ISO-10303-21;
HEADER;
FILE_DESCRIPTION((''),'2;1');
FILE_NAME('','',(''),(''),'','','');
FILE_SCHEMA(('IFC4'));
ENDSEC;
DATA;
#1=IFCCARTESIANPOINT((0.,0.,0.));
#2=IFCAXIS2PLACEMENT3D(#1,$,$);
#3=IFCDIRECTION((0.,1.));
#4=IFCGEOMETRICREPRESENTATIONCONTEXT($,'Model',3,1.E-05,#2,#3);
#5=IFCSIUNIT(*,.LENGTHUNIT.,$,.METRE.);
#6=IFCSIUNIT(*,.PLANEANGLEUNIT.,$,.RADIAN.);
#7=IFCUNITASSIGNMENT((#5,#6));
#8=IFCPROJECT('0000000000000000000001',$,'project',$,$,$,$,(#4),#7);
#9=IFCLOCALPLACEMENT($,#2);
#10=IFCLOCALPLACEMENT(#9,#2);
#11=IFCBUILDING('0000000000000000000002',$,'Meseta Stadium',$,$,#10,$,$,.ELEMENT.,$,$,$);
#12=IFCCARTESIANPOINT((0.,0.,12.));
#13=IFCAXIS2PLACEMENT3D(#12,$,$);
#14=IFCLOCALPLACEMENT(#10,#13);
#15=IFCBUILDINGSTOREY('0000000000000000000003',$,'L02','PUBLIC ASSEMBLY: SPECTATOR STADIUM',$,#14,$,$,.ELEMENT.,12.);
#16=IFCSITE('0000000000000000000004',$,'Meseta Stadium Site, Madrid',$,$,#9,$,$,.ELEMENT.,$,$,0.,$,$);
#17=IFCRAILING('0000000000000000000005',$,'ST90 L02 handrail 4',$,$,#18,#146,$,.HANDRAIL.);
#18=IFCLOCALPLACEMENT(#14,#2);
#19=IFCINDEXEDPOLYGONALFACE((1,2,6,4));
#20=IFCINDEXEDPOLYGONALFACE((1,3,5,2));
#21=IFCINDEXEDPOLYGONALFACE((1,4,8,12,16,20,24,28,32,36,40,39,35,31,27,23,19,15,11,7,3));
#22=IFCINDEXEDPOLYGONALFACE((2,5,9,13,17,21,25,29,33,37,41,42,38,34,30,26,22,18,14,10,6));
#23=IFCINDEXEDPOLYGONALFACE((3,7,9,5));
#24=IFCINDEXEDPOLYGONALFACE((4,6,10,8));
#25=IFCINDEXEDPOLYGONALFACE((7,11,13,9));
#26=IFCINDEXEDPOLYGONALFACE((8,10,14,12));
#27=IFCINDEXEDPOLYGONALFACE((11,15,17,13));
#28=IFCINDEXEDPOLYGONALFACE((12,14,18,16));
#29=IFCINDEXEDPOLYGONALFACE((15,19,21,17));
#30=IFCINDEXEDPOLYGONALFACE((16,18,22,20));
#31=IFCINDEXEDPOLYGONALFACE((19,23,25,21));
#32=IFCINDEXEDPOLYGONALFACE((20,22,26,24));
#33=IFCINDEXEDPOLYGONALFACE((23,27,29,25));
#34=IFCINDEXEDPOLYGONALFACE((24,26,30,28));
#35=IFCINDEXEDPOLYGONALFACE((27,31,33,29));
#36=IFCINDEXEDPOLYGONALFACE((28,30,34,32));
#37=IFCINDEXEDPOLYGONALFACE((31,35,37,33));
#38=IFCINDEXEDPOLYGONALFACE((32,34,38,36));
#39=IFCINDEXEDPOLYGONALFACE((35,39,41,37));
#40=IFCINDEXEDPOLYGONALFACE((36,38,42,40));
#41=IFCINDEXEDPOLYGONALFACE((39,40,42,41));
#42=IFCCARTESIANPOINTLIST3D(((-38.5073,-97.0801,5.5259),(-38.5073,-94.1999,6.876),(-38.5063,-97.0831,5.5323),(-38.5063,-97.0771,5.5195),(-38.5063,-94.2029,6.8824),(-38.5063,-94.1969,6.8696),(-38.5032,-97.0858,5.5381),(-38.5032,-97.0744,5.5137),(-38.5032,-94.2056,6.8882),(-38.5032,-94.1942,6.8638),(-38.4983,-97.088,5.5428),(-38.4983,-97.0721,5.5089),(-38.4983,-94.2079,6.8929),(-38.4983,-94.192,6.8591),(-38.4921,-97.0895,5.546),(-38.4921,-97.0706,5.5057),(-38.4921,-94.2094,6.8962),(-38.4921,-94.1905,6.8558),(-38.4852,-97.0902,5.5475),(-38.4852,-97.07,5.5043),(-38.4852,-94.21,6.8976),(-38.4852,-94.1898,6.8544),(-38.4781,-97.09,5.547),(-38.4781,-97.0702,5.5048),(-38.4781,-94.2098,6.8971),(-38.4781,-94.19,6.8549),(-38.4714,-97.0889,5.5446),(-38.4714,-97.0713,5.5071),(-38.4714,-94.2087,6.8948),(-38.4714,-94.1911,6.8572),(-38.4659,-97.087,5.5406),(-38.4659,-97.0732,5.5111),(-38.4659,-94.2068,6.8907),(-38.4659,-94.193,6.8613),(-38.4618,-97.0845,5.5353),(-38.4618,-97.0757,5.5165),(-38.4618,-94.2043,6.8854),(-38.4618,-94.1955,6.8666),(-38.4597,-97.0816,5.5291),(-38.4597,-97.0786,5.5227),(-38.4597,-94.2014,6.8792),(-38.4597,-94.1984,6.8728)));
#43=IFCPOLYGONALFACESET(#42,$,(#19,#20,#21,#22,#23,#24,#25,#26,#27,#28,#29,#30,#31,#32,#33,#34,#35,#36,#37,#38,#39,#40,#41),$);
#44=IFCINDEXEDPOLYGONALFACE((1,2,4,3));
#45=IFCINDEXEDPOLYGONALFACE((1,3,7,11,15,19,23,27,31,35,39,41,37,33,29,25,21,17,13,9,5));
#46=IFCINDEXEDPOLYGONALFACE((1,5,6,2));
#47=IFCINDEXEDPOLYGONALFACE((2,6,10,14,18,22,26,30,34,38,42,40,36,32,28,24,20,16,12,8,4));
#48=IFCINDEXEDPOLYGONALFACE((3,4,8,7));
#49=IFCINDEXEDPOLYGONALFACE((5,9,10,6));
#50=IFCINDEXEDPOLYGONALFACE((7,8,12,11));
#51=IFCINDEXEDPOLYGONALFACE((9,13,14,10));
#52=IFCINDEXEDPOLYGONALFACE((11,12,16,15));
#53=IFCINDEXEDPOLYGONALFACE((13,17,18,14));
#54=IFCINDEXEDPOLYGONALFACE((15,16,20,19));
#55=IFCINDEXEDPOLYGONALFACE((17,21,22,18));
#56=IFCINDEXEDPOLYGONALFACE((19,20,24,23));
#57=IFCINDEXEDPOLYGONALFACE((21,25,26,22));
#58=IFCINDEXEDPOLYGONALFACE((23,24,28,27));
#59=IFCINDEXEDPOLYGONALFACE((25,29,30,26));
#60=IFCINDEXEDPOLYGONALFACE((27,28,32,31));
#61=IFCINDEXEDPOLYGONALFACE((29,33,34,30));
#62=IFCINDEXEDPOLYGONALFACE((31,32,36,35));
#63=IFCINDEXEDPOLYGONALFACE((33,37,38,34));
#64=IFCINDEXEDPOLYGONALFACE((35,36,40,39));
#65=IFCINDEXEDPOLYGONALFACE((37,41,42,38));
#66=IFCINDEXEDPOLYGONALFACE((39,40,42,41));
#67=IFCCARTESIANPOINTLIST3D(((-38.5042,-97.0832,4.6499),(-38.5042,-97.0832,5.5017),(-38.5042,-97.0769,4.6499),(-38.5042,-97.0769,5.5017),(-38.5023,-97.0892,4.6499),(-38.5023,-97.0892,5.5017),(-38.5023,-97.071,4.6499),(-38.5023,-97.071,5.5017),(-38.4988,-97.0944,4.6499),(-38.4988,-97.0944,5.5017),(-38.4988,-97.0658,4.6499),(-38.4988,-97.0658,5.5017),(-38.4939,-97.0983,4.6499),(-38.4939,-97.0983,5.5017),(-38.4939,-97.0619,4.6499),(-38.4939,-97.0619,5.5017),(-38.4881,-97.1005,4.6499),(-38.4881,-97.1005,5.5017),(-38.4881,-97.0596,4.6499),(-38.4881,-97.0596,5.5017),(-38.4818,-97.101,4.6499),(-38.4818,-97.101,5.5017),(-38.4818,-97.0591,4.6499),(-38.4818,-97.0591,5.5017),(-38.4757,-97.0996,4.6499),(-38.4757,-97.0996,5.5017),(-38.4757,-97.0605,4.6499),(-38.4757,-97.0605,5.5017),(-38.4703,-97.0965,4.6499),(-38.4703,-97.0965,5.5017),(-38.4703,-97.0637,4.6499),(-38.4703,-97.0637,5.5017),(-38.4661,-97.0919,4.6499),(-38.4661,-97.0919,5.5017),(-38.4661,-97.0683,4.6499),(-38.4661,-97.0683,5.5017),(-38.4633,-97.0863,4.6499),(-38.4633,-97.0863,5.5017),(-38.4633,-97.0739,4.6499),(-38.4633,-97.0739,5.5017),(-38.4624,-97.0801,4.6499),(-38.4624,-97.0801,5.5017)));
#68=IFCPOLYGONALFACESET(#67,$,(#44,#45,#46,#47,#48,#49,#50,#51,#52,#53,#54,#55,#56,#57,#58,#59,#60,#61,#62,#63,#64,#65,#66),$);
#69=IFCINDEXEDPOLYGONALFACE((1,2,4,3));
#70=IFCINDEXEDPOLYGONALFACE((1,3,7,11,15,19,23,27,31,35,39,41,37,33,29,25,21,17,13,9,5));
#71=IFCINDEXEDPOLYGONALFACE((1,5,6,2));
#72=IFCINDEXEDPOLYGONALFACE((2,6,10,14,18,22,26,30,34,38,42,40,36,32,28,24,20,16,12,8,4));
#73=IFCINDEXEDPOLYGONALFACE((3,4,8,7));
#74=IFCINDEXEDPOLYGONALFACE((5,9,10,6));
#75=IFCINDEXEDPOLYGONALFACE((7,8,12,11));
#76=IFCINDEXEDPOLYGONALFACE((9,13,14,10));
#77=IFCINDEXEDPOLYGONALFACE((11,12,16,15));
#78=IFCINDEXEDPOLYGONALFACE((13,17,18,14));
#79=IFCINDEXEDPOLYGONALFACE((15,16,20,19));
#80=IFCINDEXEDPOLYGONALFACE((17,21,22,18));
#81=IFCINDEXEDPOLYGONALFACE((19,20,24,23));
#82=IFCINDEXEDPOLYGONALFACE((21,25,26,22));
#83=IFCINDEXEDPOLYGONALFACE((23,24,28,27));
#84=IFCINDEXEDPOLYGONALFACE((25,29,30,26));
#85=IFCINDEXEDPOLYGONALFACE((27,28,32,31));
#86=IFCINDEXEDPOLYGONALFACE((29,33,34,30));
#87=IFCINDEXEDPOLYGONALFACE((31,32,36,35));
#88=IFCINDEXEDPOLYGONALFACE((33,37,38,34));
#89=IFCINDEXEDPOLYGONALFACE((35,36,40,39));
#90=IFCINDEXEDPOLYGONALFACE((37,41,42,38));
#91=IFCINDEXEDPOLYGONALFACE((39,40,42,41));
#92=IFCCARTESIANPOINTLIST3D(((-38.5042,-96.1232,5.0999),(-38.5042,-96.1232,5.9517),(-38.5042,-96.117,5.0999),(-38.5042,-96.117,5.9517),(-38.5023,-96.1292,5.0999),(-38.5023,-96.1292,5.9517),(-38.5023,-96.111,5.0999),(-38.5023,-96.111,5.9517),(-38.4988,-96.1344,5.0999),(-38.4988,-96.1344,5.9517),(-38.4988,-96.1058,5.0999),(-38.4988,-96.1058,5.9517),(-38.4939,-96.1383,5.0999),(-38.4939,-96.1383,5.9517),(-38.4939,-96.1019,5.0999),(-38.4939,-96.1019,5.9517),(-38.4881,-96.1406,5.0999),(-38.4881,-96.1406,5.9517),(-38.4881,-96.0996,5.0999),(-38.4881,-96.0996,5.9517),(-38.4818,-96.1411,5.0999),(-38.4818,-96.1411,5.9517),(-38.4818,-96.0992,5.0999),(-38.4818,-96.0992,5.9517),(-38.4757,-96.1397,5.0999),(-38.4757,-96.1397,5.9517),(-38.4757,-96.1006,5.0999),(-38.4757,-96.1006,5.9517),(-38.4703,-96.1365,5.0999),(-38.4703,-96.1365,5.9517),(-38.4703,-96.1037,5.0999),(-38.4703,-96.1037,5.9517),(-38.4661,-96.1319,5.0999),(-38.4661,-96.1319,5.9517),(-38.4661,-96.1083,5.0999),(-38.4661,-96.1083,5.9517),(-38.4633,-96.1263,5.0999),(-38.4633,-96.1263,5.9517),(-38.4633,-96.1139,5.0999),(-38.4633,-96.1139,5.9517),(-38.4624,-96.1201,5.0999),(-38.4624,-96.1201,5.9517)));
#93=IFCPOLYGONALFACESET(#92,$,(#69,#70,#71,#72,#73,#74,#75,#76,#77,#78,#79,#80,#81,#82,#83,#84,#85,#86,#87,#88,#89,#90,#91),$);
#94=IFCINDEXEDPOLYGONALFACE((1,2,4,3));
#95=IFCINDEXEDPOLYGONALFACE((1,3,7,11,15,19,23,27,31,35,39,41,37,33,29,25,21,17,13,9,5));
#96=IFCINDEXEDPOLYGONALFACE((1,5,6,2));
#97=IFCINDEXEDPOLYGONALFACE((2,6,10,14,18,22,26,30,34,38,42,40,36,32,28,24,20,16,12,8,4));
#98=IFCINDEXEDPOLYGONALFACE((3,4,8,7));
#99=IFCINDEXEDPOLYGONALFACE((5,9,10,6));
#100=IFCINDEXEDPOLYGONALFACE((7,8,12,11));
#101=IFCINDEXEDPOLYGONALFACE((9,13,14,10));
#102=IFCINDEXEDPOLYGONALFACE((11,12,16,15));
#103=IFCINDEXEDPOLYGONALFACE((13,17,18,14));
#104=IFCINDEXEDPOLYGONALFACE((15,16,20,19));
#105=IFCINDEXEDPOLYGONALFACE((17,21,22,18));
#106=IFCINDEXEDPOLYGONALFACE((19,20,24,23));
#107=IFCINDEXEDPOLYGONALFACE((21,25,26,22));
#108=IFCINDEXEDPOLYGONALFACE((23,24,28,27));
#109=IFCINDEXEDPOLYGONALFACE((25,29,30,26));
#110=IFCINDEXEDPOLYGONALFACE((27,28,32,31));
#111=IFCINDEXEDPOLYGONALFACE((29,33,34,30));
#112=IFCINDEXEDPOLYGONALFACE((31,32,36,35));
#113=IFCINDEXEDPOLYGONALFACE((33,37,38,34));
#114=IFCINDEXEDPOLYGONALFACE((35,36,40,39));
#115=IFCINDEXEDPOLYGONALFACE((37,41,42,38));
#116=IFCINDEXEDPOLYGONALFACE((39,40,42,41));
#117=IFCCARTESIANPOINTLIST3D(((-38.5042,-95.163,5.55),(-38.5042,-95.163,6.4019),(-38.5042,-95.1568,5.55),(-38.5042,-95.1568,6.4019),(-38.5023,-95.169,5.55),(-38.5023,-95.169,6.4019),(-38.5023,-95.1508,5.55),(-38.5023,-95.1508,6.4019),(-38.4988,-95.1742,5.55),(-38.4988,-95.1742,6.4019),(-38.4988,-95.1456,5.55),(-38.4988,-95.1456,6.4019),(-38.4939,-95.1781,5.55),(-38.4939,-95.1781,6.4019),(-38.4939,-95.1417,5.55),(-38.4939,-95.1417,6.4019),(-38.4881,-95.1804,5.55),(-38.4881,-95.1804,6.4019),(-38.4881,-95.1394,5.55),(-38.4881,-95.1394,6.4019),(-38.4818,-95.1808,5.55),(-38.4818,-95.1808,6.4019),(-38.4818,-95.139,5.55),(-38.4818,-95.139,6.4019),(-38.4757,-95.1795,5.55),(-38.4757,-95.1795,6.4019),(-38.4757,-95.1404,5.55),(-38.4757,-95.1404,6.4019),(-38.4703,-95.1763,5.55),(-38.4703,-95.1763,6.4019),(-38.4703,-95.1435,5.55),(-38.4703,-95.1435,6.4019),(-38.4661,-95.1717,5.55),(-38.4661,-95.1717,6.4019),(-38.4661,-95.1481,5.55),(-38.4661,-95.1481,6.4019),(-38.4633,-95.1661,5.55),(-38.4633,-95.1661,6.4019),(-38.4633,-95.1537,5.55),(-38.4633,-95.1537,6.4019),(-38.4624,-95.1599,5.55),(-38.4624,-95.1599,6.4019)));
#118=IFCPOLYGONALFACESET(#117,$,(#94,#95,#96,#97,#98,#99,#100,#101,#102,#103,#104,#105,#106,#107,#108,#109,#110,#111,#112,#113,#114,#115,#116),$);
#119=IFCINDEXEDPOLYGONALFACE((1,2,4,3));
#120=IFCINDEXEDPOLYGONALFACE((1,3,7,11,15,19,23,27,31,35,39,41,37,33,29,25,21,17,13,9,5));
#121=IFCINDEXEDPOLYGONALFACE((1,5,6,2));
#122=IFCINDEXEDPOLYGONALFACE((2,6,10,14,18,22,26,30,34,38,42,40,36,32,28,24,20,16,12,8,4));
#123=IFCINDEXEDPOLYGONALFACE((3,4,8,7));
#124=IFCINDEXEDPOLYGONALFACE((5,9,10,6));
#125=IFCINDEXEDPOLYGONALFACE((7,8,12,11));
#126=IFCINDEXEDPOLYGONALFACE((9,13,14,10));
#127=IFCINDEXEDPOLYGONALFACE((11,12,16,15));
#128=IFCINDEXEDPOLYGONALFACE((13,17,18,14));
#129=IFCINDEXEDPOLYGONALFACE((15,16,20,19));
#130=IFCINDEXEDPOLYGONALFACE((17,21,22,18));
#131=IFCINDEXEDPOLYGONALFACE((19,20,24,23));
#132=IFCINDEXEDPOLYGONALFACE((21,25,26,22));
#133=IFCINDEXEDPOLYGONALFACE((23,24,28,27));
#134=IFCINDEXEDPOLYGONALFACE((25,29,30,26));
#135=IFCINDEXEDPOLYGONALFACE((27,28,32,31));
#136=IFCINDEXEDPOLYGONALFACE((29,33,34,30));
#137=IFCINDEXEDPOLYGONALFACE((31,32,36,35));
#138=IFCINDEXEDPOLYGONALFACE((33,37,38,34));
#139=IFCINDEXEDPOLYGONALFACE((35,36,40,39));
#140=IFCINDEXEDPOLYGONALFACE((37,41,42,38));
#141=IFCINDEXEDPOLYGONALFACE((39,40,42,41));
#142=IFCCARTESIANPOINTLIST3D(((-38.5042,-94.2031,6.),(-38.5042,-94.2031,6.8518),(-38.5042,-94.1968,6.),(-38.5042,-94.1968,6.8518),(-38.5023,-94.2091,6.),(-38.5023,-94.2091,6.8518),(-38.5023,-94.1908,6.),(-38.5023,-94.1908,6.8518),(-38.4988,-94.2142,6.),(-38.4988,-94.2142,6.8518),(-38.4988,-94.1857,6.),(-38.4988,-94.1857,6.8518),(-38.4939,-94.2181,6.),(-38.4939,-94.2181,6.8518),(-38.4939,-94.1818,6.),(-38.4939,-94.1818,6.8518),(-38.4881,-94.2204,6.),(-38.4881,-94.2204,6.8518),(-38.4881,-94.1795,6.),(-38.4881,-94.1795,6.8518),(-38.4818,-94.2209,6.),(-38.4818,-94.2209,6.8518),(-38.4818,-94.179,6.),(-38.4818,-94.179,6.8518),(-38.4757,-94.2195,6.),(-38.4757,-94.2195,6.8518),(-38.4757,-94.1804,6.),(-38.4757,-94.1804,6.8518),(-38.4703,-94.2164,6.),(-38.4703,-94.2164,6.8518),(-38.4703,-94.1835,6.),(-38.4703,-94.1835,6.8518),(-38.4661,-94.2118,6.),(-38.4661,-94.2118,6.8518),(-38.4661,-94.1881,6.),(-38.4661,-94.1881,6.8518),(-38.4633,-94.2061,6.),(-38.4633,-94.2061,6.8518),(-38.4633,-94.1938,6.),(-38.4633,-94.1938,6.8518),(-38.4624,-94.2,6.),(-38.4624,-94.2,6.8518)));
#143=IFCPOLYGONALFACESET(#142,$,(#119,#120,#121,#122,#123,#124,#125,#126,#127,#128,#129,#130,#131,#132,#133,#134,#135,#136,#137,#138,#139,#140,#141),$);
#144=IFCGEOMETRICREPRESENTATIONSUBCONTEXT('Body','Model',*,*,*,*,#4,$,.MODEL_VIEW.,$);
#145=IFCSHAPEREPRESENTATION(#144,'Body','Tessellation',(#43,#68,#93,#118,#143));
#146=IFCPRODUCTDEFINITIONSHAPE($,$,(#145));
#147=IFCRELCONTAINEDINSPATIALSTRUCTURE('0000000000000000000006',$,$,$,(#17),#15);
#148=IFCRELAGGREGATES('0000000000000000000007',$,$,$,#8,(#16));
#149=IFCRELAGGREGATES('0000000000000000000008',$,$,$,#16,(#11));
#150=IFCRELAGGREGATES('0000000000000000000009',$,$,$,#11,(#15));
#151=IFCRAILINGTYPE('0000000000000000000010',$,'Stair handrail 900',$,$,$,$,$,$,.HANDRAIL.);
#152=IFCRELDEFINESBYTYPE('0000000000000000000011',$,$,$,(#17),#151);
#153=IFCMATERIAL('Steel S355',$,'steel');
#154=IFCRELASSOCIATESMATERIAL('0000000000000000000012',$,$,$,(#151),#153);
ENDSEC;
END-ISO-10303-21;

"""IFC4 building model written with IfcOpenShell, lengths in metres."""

from ifc_helpers import new_model, si_unit, direction, frame, origin, origin_2d, place, context, subcontext, project, spatial, circle, extrude, material, type_object, element, save


model = new_model("IFC4")

# Units and contexts
model_context = context("Model", 3, precision=1e-05, world=origin(), true_north=direction((0.0, 1.0)))
body_context = subcontext(model_context, "Body", "Model", "MODEL_VIEW")
ifc_project = project(units=[si_unit("LENGTHUNIT", "METRE"), si_unit("PLANEANGLEUNIT", "RADIAN")], contexts=[model_context])

# Site, building, storey
site_placement = place(None, origin())
site = spatial("IfcSite", under=ifc_project, at=site_placement, Name="Meseta Stadium Site, Madrid", CompositionType="ELEMENT", RefElevation=0.0)
building_placement = place(site_placement, origin())
building = spatial("IfcBuilding", under=site, at=building_placement, Name="Meseta Stadium", CompositionType="ELEMENT")
storey_placement = place(building_placement, frame((0.0, 0.0, 12.0)))
storey = spatial("IfcBuildingStorey", under=building, at=storey_placement, Name="L02", Description="PUBLIC ASSEMBLY: SPECTATOR STADIUM", CompositionType="ELEMENT", Elevation=12.0)

# Railing
ifc_material_1 = material(Name="Steel S355", Category="steel")
railing_type_1 = type_object("IfcRailingType", Name="Stair handrail 900", PredefinedType="HANDRAIL", material=ifc_material_1)
for number, where, name in (
    (1, (-38.4834, -97.0801, 4.6499), "ST90 L02 handrail 4"),
):
    element("IfcRailing", number, at=place(storey_placement, frame(where)), inside=storey, type_object=railing_type_1, Name=name, PredefinedType="HANDRAIL", context=body_context, shape_type="SweptSolid", body=[
        extrude(circle(Radius=0.0239, at=origin_2d()), frame((0.0, 0.0, 0.876), z_axis=(0.0, 0.905454, 0.424444), x_axis=(-1.0, 0.0, 0.0)), (0.0, 0.0, 1.0), 3.1809),
        extrude(circle(Radius=0.021, at=origin_2d()), origin(), (0.0, 0.0, 1.0), 0.8518),
        extrude(circle(Radius=0.021, at=origin_2d()), frame((0.0, 0.96, 0.45)), (0.0, 0.0, 1.0), 0.8518),
        extrude(circle(Radius=0.021, at=origin_2d()), frame((0.0, 1.9202, 0.9001)), (0.0, 0.0, 1.0), 0.8518),
        extrude(circle(Radius=0.021, at=origin_2d()), frame((0.0, 2.8801, 1.3501)), (0.0, 0.0, 1.0), 0.8518),
    ])

save(model, "model.ifc")
